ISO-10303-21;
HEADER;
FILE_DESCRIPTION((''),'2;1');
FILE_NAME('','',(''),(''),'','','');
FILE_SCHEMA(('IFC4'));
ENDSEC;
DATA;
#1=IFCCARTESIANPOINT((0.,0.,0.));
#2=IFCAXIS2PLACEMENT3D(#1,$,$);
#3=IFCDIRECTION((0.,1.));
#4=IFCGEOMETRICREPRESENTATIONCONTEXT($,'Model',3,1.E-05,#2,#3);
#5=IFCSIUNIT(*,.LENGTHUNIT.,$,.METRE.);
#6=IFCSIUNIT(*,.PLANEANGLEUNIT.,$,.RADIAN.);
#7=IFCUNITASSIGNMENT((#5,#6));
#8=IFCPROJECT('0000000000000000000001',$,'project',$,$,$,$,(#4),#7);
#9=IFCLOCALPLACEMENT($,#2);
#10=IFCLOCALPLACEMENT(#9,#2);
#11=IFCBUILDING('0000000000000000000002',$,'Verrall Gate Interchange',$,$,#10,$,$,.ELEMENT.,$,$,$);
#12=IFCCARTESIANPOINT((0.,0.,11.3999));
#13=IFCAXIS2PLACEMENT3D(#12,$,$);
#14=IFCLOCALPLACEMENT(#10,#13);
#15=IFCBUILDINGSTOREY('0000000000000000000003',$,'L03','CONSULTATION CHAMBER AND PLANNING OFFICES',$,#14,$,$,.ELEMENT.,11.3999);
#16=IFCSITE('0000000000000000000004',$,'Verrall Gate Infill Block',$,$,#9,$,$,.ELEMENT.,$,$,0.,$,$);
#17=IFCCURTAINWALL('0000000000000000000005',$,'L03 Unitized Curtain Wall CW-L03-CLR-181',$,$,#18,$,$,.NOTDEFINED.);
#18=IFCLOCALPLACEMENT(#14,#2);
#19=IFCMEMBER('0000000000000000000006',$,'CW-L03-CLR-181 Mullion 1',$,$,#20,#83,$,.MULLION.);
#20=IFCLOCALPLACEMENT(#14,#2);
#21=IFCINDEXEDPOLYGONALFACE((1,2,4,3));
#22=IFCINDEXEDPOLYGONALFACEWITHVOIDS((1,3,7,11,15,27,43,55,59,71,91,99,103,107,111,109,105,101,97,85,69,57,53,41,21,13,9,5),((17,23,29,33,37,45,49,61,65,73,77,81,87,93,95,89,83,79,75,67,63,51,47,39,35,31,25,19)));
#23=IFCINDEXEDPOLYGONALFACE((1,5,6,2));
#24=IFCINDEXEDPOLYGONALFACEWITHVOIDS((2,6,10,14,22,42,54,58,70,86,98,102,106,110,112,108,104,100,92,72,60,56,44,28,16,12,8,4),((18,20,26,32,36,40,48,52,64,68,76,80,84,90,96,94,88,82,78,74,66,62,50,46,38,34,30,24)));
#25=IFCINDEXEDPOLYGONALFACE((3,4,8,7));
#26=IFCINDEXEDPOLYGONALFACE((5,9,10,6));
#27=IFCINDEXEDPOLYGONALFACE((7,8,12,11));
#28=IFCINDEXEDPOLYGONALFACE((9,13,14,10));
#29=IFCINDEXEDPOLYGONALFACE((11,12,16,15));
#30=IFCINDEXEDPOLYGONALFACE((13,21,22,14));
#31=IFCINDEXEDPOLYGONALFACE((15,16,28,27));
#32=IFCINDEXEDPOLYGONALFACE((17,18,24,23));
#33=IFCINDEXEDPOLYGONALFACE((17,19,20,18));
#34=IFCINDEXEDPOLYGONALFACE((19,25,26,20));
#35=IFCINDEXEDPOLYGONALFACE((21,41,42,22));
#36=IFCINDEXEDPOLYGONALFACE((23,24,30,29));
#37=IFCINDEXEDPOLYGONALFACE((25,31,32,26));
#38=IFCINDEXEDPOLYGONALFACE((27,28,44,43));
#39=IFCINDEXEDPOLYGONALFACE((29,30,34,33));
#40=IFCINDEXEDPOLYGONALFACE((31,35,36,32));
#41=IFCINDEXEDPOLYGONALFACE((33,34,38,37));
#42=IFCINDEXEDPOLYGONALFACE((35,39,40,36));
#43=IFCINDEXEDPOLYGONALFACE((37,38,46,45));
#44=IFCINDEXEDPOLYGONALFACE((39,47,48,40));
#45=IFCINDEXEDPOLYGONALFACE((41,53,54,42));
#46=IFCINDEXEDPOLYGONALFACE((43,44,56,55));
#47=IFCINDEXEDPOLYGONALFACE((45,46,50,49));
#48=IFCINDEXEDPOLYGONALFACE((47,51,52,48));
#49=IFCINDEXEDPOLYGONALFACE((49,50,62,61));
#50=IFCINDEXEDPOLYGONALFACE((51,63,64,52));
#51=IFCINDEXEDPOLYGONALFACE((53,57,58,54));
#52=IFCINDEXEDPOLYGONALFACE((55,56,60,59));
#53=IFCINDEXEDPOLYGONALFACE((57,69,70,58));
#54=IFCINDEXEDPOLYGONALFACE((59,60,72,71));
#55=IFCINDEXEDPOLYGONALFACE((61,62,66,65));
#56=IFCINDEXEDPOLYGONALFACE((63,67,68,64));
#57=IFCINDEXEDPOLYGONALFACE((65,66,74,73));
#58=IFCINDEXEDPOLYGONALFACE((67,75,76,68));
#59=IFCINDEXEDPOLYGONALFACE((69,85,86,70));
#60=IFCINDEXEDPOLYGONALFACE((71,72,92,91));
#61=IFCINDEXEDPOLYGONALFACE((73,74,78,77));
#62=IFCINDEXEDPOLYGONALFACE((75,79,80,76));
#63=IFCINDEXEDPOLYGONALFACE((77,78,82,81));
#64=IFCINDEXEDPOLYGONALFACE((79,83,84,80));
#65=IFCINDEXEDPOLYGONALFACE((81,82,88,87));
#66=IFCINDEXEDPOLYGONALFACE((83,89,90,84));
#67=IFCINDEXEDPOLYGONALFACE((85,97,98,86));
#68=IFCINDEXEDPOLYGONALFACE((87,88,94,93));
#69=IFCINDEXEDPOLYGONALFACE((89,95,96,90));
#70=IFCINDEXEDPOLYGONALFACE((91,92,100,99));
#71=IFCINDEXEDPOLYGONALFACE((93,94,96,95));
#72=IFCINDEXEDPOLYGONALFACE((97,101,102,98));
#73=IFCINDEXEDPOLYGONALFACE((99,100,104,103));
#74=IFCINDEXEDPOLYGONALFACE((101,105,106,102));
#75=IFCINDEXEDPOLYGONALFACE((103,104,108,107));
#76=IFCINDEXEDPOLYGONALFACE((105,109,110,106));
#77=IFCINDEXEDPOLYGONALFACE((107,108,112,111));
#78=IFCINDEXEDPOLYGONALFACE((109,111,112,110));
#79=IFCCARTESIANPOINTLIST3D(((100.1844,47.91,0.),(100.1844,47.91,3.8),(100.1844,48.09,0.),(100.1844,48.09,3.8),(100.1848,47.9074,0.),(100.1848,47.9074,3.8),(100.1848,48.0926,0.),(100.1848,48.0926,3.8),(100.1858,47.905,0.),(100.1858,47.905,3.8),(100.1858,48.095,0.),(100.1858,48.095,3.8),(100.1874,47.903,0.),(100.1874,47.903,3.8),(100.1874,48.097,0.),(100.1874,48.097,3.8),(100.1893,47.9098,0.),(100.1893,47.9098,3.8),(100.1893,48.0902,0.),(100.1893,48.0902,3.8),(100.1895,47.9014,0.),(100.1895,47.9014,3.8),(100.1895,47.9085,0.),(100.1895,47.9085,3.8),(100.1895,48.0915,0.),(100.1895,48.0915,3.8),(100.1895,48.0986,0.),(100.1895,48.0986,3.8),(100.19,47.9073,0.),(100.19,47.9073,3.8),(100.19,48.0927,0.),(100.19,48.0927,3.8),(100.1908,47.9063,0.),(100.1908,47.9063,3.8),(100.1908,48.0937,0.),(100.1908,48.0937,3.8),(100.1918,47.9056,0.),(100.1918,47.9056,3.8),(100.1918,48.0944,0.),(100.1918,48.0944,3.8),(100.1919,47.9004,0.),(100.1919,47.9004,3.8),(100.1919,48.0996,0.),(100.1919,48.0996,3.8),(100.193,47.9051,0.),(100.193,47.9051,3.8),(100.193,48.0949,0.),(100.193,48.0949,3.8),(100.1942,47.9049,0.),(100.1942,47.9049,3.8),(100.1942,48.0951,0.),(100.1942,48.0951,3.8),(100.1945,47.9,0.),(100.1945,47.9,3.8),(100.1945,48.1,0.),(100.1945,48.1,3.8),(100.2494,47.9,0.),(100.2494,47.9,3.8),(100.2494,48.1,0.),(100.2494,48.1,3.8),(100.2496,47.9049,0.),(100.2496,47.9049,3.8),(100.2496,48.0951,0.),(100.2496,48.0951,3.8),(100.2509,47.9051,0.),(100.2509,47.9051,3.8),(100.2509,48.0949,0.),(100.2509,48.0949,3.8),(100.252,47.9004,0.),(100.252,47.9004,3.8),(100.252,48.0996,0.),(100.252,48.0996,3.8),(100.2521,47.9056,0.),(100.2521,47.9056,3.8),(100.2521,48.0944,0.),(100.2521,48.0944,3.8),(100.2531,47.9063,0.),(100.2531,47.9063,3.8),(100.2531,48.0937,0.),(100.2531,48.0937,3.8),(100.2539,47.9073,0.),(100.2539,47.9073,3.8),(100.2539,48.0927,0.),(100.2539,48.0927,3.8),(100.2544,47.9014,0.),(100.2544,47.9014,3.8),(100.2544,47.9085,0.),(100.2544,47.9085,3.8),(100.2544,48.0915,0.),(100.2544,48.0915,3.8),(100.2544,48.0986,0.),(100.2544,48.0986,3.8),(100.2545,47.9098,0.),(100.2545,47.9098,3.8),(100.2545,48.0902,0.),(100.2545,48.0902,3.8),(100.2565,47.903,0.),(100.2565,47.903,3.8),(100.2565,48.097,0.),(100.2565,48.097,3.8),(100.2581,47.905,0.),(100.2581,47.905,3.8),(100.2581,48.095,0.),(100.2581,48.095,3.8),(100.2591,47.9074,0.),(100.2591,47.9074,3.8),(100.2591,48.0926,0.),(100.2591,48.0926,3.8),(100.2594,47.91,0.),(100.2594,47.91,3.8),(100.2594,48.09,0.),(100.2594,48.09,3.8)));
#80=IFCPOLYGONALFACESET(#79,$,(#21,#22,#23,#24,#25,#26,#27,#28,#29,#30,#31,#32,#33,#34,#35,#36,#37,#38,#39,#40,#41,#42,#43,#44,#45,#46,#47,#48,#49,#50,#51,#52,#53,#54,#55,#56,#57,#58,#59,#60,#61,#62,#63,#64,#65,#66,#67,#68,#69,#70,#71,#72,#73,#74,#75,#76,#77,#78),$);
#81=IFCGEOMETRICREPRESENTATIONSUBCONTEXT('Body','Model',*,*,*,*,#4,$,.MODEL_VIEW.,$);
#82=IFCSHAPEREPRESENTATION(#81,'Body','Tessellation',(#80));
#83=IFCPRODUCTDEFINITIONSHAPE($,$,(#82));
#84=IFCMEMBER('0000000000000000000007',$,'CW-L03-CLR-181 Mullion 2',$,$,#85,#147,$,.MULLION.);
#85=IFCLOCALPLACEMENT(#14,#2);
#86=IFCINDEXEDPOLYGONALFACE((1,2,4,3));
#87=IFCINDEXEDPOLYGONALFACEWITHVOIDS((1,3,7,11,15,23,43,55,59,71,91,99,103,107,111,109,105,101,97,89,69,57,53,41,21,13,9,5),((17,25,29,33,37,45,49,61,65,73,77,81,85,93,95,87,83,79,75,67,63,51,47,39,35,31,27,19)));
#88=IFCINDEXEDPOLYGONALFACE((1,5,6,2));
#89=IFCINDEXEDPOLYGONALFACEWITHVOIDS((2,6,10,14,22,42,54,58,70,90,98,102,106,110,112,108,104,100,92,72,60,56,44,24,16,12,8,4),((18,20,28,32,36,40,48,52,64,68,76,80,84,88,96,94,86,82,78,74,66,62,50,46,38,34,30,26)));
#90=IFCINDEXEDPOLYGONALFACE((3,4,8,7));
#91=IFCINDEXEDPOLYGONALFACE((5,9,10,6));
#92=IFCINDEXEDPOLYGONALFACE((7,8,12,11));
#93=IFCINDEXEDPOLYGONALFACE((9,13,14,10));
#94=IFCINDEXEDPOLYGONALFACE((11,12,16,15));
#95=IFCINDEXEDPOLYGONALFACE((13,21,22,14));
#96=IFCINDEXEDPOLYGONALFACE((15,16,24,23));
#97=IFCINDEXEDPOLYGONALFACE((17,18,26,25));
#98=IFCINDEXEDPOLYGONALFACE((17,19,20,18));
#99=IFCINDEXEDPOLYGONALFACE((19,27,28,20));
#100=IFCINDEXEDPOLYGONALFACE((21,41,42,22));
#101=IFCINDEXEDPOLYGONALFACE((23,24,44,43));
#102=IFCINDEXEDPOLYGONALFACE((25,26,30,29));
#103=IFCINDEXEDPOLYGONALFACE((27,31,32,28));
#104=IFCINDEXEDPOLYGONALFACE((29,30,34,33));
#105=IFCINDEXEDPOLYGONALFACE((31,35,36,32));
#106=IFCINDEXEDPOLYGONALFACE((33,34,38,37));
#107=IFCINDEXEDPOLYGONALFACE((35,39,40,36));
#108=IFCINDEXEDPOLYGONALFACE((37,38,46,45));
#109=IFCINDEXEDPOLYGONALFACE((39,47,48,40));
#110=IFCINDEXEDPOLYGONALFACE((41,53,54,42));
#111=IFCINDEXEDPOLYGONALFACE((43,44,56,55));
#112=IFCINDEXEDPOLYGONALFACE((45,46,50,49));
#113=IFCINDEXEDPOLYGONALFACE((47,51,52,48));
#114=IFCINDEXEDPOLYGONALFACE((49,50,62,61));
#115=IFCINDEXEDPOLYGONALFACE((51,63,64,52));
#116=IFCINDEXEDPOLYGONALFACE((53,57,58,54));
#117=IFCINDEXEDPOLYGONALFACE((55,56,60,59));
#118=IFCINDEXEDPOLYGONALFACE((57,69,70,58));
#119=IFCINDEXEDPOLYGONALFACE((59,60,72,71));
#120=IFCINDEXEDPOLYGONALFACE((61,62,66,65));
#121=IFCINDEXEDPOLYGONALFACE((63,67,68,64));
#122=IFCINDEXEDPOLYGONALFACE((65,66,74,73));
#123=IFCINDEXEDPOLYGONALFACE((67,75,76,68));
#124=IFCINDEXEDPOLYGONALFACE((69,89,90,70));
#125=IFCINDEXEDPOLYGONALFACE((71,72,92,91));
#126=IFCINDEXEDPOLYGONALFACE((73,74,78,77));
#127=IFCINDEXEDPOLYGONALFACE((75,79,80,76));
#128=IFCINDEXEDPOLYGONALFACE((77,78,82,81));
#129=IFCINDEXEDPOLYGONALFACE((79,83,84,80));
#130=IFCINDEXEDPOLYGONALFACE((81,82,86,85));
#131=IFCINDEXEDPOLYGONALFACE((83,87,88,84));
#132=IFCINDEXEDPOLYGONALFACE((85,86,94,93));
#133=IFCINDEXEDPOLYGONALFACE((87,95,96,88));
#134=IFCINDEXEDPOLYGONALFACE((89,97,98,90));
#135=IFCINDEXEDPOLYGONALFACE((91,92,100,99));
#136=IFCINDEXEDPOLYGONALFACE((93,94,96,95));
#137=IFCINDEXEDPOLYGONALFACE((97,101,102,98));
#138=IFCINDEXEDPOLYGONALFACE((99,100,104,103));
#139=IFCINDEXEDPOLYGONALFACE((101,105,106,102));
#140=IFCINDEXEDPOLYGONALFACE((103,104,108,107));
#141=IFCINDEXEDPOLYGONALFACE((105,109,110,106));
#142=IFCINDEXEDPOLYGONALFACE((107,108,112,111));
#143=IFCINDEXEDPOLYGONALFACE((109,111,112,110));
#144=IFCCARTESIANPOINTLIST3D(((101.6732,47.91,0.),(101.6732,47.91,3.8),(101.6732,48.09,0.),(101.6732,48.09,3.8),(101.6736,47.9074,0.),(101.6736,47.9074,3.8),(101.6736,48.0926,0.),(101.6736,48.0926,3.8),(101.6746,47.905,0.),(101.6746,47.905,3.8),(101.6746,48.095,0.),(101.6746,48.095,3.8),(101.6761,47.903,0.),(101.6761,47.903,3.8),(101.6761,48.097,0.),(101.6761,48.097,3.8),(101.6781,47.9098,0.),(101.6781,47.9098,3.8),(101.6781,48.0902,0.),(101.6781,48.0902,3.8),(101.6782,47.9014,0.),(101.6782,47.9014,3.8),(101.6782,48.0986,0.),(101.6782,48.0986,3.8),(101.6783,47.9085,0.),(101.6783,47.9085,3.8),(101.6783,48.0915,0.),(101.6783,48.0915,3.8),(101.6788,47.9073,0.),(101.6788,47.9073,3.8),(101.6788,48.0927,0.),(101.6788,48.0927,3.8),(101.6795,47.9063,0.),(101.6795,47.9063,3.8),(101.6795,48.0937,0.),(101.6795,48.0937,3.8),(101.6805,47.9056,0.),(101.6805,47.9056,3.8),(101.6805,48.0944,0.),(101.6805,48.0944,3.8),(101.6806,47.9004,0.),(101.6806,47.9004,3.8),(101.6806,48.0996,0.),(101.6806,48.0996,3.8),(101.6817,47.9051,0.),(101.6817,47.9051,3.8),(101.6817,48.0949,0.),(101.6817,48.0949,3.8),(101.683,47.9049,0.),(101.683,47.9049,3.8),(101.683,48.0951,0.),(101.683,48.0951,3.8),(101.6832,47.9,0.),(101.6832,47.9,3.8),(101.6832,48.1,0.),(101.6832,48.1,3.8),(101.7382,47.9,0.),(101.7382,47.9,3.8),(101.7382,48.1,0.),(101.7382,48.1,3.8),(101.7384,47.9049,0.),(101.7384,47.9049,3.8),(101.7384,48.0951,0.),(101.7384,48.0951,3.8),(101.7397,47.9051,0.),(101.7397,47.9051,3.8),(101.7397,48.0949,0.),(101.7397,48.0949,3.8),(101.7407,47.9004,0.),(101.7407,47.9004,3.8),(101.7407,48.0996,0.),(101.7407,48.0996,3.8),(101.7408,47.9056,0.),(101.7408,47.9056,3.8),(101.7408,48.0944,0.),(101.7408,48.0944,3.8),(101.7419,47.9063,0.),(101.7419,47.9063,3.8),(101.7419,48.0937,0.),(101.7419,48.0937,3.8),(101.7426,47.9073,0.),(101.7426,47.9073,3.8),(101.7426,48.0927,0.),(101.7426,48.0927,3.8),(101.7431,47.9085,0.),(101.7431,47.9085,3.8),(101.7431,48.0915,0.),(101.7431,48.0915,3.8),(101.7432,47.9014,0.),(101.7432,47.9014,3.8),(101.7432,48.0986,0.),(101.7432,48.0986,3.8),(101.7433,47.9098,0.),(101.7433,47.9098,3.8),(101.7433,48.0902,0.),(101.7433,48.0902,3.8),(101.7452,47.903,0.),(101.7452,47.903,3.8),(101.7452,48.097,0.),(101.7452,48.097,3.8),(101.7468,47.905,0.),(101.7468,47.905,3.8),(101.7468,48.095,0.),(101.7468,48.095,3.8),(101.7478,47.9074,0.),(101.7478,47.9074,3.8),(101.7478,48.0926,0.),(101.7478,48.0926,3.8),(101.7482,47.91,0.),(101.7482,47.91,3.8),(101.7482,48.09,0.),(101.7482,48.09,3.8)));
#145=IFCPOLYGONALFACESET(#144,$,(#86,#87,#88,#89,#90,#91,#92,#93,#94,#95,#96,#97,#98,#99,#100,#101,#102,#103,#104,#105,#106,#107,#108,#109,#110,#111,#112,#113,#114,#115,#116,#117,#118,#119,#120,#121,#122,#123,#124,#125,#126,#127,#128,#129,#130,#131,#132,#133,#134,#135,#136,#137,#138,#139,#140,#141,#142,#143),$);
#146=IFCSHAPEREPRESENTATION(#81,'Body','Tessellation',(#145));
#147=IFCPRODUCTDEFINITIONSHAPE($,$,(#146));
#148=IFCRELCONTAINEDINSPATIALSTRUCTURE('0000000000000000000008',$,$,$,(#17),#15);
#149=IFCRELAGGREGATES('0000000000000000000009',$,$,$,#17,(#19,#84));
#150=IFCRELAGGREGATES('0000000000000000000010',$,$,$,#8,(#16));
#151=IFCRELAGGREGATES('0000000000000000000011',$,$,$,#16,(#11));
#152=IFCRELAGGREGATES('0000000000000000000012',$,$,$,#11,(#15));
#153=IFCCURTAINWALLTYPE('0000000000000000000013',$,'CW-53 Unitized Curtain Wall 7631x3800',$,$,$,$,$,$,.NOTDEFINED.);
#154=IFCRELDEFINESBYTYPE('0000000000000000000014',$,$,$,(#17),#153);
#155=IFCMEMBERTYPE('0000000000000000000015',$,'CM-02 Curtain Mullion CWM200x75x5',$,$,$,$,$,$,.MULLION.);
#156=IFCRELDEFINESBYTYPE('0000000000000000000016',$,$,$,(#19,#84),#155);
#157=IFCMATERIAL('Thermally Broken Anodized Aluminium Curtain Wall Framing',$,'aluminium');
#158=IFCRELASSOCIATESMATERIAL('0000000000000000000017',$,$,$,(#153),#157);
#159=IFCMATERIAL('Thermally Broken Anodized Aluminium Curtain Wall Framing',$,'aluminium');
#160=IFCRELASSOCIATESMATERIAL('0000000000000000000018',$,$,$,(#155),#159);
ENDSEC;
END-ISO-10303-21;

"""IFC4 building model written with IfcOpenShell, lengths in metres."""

from ifc_helpers import new_model, si_unit, direction, frame, origin, origin_2d, place, context, subcontext, project, spatial, hollow_rectangle, extrude, material, material_profile, profile_set, type_object, element, aggregate, save


model = new_model("IFC4")

# Units and contexts
model_context = context("Model", 3, precision=1e-05, world=origin(), true_north=direction((0.0, 1.0)))
body_context = subcontext(model_context, "Body", "Model", "MODEL_VIEW")
ifc_project = project(units=[si_unit("LENGTHUNIT", "METRE"), si_unit("PLANEANGLEUNIT", "RADIAN")], contexts=[model_context])

# Site, building, storey
site_placement = place(None, origin())
site = spatial("IfcSite", under=ifc_project, at=site_placement, Name="Verrall Gate Infill Block", CompositionType="ELEMENT", RefElevation=0.0)
building_placement = place(site_placement, origin())
building = spatial("IfcBuilding", under=site, at=building_placement, Name="Verrall Gate Interchange", CompositionType="ELEMENT")
storey_placement = place(building_placement, frame((0.0, 0.0, 11.3999)))
storey = spatial("IfcBuildingStorey", under=building, at=storey_placement, Name="L03", Description="CONSULTATION CHAMBER AND PLANNING OFFICES", CompositionType="ELEMENT", Elevation=11.3999)

# Curtain wall, members
ifc_material_1 = material(Name="Thermally Broken Anodized Aluminium Curtain Wall Framing", Category="aluminium")
curtain_wall_type = type_object("IfcCurtainWallType", Name="CW-53 Unitized Curtain Wall 7631x3800", PredefinedType="NOTDEFINED", material=ifc_material_1)
ifc_material_2 = material(Name="Thermally Broken Anodized Aluminium Curtain Wall Framing", Category="aluminium")
ifc_material_profile_1 = material_profile(ifc_material_2, hollow_rectangle(XDim=0.075, YDim=0.2, WallThickness=0.0049, InnerFilletRadius=0.0049, OuterFilletRadius=0.01, at=origin_2d()), Name="CWM200x75x5")
ifc_profile_set_1 = profile_set([ifc_material_profile_1], Name="Thermally Broken Anodized Aluminium Curtain Wall Framing")
member_type_1 = type_object("IfcMemberType", Name="CM-02 Curtain Mullion CWM200x75x5", PredefinedType="MULLION", material=ifc_profile_set_1)
curtain_wall_1_placement = place(storey_placement, origin())
curtain_wall_1 = element("IfcCurtainWall", 1, at=curtain_wall_1_placement, inside=storey, type_object=curtain_wall_type, Name="L03 Unitized Curtain Wall CW-L03-CLR-181", PredefinedType="NOTDEFINED")
member_1_placement = place(storey_placement, frame((100.2219, 48.0, 0.0), z_axis=(0.0, 0.0, 1.0), x_axis=(1.0, 0.0, 0.0)))
member_1 = element("IfcMember", 2, at=member_1_placement, type_object=member_type_1, Name="CW-L03-CLR-181 Mullion 1", PredefinedType="MULLION", context=body_context, shape_type="SweptSolid", body=[
    extrude(hollow_rectangle(XDim=0.075, YDim=0.2, WallThickness=0.0049, InnerFilletRadius=0.0049, OuterFilletRadius=0.01, at=origin_2d()), origin(), (0.0, 0.0, 1.0), 3.8),
])
member_2_placement = place(storey_placement, frame((101.7107, 48.0, 0.0), z_axis=(0.0, 0.0, 1.0), x_axis=(1.0, 0.0, 0.0)))
member_2 = element("IfcMember", 3, at=member_2_placement, type_object=member_type_1, Name="CW-L03-CLR-181 Mullion 2", PredefinedType="MULLION", context=body_context, shape_type="SweptSolid", body=[
    extrude(hollow_rectangle(XDim=0.075, YDim=0.2, WallThickness=0.0049, InnerFilletRadius=0.0049, OuterFilletRadius=0.01, at=origin_2d()), origin(), (0.0, 0.0, 1.0), 3.8),
])

aggregate(curtain_wall_1, [member_1, member_2])

save(model, "model.ifc")
